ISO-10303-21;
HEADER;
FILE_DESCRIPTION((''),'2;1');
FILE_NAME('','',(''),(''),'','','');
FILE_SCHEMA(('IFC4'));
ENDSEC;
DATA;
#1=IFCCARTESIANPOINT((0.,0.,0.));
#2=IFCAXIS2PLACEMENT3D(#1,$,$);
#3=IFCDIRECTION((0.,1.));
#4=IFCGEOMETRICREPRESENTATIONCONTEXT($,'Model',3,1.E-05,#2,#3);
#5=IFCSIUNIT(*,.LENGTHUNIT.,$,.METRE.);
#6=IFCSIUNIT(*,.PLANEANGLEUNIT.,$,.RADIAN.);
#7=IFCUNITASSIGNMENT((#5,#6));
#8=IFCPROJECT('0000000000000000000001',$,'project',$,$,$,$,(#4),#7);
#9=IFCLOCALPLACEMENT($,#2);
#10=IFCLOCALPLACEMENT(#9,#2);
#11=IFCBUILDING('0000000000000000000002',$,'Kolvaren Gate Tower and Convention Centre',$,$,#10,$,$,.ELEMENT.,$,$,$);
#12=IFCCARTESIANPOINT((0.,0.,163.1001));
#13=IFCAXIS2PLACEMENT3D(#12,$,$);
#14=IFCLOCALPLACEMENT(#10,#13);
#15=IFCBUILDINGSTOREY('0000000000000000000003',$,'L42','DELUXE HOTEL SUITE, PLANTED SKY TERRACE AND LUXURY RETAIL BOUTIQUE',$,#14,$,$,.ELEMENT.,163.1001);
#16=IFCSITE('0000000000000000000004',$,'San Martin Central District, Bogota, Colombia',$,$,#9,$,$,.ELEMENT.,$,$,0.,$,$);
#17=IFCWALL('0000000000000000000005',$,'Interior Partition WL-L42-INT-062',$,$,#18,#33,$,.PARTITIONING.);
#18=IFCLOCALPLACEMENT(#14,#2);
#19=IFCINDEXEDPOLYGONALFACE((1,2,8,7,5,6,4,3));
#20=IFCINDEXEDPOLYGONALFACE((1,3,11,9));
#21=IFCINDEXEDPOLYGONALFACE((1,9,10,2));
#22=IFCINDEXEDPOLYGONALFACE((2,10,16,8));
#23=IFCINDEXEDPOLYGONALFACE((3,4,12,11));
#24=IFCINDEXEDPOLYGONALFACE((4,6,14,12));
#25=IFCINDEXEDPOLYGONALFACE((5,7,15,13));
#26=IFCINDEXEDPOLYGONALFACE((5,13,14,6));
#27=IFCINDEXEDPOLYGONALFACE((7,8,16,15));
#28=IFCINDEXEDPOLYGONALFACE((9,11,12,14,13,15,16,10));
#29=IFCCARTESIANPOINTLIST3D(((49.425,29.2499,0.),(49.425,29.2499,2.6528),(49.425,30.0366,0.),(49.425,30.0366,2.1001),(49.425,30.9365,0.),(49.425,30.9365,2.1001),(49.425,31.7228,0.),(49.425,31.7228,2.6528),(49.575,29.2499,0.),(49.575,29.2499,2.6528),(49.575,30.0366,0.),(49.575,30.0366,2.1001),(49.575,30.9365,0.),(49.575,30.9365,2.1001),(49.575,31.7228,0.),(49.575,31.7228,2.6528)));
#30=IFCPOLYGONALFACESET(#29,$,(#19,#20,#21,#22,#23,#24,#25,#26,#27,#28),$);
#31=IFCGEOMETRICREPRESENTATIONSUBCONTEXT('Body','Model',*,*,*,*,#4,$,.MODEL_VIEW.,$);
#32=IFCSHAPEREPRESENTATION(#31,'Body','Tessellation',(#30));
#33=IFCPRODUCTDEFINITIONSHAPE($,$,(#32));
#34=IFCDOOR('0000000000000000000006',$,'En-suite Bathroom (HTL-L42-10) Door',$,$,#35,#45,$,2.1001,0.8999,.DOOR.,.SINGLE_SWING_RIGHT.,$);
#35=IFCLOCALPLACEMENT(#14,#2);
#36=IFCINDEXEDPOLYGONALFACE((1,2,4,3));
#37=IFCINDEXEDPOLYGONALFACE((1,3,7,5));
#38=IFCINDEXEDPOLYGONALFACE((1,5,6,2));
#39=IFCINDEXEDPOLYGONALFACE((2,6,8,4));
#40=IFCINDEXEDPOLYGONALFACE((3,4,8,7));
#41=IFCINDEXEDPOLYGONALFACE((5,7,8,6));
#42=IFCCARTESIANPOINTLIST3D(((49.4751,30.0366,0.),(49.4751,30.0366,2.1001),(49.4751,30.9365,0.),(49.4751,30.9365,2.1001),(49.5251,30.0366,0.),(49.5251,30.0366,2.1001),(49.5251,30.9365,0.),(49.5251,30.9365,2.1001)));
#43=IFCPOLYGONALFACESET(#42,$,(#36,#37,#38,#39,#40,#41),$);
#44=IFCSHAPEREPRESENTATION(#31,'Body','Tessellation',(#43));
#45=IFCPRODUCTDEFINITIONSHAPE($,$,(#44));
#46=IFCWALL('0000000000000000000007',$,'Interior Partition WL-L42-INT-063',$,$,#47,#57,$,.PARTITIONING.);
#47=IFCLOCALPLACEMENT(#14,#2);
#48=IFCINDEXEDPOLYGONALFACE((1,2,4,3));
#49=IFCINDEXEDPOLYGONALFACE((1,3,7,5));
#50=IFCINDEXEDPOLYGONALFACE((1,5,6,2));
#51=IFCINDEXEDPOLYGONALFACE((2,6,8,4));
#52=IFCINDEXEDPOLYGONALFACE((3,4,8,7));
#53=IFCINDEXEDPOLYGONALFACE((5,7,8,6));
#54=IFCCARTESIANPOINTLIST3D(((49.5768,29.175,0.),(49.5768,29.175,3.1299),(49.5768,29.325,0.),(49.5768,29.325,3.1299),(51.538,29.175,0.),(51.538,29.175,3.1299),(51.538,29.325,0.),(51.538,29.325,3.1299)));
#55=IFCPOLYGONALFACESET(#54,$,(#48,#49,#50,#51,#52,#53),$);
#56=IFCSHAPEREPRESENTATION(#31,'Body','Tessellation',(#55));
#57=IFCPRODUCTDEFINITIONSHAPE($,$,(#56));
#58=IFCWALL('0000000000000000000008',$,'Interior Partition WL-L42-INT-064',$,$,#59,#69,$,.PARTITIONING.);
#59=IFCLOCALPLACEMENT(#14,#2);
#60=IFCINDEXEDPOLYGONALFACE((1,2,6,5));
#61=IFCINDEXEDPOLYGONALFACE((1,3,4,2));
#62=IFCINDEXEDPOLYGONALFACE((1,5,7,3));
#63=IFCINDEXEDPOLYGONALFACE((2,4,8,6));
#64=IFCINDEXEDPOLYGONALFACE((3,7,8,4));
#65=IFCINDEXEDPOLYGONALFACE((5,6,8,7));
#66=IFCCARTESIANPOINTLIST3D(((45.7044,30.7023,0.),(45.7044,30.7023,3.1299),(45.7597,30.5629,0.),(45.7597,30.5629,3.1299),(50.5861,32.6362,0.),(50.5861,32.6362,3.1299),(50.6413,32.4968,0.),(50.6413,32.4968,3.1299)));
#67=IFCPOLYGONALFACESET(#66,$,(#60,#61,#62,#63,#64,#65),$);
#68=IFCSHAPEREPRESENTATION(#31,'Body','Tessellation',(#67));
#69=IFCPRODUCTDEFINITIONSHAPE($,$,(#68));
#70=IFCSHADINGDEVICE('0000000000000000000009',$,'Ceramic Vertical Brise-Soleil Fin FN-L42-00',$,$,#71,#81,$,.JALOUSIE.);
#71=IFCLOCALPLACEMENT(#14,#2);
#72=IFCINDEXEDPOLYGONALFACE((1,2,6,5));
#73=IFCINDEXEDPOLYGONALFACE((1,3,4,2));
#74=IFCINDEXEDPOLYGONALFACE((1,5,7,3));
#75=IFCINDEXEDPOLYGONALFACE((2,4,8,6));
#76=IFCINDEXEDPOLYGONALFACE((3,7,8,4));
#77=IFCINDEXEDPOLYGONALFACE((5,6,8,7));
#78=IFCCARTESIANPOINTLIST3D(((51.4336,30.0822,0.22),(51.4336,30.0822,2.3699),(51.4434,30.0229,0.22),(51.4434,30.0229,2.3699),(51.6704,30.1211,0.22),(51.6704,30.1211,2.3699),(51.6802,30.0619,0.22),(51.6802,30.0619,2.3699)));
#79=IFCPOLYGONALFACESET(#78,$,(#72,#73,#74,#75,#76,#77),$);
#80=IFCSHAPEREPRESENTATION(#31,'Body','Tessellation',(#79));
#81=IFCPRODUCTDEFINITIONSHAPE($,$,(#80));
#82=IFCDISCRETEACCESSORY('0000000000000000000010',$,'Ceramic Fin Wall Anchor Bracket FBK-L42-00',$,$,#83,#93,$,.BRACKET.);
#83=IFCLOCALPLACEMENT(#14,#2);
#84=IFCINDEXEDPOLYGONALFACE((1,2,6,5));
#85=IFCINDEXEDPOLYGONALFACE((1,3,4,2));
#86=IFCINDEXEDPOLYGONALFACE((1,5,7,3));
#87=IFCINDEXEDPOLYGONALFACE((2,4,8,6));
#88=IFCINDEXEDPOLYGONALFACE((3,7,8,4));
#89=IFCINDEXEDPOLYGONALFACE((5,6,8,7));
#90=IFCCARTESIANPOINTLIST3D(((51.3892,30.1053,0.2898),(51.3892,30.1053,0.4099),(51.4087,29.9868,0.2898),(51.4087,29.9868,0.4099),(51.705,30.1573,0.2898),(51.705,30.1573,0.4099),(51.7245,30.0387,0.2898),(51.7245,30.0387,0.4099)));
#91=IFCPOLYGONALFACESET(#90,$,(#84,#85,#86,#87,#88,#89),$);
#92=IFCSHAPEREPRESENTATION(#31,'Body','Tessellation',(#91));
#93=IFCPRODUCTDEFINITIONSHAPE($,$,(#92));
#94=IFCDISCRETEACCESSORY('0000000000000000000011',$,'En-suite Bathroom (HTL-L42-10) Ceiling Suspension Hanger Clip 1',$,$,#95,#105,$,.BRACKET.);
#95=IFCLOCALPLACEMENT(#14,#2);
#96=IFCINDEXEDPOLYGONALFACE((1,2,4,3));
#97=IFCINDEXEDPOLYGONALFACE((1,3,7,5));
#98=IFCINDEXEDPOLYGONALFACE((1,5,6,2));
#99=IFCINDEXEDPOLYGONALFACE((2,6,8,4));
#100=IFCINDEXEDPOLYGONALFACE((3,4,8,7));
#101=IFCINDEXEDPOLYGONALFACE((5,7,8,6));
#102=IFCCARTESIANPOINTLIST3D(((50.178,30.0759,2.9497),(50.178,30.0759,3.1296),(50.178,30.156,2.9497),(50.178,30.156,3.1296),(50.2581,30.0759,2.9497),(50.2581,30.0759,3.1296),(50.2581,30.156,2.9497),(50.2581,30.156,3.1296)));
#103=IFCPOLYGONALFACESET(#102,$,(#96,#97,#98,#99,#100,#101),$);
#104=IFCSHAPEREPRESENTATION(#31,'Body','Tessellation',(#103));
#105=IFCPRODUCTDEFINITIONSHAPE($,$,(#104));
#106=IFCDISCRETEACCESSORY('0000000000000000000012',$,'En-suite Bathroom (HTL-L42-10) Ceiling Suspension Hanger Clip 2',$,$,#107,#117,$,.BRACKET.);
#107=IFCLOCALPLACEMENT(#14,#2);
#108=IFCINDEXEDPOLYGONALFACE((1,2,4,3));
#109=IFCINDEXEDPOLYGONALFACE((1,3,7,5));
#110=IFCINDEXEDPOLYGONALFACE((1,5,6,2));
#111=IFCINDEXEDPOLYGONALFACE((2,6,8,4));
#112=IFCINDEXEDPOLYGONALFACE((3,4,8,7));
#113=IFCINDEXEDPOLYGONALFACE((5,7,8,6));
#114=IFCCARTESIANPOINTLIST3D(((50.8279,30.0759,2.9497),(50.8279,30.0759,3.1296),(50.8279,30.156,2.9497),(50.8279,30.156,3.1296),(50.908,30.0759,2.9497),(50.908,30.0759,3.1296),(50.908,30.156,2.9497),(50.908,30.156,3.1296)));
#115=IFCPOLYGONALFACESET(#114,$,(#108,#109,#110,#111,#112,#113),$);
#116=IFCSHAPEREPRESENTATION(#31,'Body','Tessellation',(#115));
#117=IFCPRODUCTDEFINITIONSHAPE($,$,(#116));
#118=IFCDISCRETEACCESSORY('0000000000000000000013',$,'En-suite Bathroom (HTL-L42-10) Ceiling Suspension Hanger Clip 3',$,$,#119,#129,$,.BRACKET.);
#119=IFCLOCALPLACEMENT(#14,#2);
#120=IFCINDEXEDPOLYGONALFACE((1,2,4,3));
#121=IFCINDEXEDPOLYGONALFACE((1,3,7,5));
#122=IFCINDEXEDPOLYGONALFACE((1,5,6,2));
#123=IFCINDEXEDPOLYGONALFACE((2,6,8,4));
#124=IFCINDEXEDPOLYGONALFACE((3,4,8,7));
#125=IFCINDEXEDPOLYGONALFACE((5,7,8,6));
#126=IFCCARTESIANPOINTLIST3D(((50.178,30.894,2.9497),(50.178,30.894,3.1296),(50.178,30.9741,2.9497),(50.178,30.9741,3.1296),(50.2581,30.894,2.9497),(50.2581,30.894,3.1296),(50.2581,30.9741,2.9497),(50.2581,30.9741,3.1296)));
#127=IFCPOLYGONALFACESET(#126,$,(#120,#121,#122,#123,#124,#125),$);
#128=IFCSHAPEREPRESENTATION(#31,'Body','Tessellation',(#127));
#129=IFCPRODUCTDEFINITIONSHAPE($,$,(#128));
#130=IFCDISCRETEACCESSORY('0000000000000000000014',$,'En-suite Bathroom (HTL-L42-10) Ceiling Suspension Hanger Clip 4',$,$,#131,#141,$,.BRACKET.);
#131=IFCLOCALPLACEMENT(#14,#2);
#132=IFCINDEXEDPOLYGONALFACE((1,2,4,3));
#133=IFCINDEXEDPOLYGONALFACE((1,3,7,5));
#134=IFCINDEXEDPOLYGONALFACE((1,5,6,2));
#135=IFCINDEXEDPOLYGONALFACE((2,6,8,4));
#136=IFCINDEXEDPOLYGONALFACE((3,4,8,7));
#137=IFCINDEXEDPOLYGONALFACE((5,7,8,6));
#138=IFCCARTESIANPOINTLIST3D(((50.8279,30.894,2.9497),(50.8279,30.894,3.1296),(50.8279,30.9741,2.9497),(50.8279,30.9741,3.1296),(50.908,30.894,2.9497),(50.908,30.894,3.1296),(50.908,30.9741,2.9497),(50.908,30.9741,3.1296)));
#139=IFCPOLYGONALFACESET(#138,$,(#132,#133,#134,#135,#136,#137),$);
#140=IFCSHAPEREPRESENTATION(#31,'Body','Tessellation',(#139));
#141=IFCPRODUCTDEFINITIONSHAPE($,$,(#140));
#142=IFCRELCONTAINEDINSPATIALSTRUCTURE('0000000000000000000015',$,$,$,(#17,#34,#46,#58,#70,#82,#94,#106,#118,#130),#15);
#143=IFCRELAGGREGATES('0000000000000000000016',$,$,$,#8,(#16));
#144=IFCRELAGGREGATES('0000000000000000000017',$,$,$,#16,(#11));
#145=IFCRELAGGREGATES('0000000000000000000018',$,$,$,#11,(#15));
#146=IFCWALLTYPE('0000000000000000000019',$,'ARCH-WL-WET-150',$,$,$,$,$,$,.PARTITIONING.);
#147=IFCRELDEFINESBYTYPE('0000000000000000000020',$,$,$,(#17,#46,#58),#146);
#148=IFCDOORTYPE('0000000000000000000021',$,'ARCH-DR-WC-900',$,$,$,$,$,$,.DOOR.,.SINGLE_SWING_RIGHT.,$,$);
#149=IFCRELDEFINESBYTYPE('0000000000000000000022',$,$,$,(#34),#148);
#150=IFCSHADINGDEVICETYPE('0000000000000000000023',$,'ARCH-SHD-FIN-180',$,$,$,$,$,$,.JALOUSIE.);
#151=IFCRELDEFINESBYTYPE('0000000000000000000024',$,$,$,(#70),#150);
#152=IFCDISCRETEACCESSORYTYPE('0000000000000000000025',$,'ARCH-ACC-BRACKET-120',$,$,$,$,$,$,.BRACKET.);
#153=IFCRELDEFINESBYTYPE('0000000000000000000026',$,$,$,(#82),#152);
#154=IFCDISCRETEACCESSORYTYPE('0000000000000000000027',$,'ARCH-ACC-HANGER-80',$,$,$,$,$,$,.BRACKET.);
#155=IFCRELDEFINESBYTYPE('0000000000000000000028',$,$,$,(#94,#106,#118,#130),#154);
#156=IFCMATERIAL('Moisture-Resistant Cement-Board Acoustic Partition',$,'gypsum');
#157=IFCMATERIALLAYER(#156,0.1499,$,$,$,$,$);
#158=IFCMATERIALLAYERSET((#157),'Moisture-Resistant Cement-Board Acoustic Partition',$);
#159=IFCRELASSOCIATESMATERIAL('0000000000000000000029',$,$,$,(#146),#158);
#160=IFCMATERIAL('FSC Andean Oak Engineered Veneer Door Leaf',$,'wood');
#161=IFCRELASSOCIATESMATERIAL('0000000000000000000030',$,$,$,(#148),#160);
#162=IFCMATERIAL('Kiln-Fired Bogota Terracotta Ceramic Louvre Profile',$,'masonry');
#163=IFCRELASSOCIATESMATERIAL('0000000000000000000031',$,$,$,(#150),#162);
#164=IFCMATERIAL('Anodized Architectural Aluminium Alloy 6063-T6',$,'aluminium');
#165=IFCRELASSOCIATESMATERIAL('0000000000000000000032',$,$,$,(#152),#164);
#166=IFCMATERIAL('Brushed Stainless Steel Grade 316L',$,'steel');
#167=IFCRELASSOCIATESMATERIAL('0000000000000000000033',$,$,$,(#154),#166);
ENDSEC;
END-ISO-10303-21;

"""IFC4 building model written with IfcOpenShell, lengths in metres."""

from ifc_helpers import new_model, si_unit, direction, frame, frame_2d, origin, origin_2d, place, context, subcontext, project, spatial, rectangle, extrude, material, layer, layer_set, type_object, element, fill, save


model = new_model("IFC4")

# Units and contexts
model_context = context("Model", 3, precision=1e-05, world=origin(), true_north=direction((0.0, 1.0)))
body_context = subcontext(model_context, "Body", "Model", "MODEL_VIEW")
ifc_project = project(units=[si_unit("LENGTHUNIT", "METRE"), si_unit("PLANEANGLEUNIT", "RADIAN")], contexts=[model_context])

# Site, building, storey
site_placement = place(None, origin())
site = spatial("IfcSite", under=ifc_project, at=site_placement, Name="San Martin Central District, Bogota, Colombia", CompositionType="ELEMENT", RefElevation=0.0)
building_placement = place(site_placement, origin())
building = spatial("IfcBuilding", under=site, at=building_placement, Name="Kolvaren Gate Tower and Convention Centre", CompositionType="ELEMENT")
storey_placement = place(building_placement, frame((0.0, 0.0, 163.1001)))
storey = spatial("IfcBuildingStorey", under=building, at=storey_placement, Name="L42", Description="DELUXE HOTEL SUITE, PLANTED SKY TERRACE AND LUXURY RETAIL BOUTIQUE", CompositionType="ELEMENT", Elevation=163.1001)

# Shared definitions
ifc_material_1 = material(Name="Moisture-Resistant Cement-Board Acoustic Partition", Category="gypsum")
ifc_layer_1 = layer(ifc_material_1, 0.1499)
ifc_layer_set_1 = layer_set([ifc_layer_1], Name="Moisture-Resistant Cement-Board Acoustic Partition")
wall_type_1 = type_object("IfcWallType", Name="ARCH-WL-WET-150", PredefinedType="PARTITIONING", material=ifc_layer_set_1)

# Wall, opening, door
ifc_material_2 = material(Name="FSC Andean Oak Engineered Veneer Door Leaf", Category="wood")
door_type = type_object("IfcDoorType", Name="ARCH-DR-WC-900", OperationType="SINGLE_SWING_RIGHT", PredefinedType="DOOR", material=ifc_material_2)
wall_1_placement = place(storey_placement, frame((49.5, 29.25, 0.0), z_axis=(0.0, 0.0, 1.0), x_axis=(0.0, 1.0, 0.0)))
wall_1 = element("IfcWall", 1, at=wall_1_placement, inside=storey, type_object=wall_type_1, Name="Interior Partition WL-L42-INT-062", PredefinedType="PARTITIONING", context=body_context, shape_type="SweptSolid", body=[
    extrude(rectangle(XDim=2.4729, YDim=0.1499, at=frame_2d((1.2363, 0.0))), origin(), (0.0, 0.0, 1.0), 2.6528),
])
opening_1_placement = place(wall_1_placement, frame((0.7866, 0.0, 0.0)))
opening_1 = element("IfcOpeningElement", 2, at=opening_1_placement, cuts=wall_1, PredefinedType="OPENING", context=body_context, shape_type="SweptSolid", body=[
    extrude(rectangle(XDim=0.8999, YDim=2.1001, at=frame_2d((0.45, 1.05))), frame((0.0, 0.085, 0.0), z_axis=(0.0, -1.0, 0.0), x_axis=(1.0, 0.0, 0.0)), (0.0, 0.0, 1.0), 0.1699),
])
door_1_placement = place(opening_1_placement, origin())
door_1 = element("IfcDoor", 3, at=door_1_placement, inside=storey, type_object=door_type, Name="En-suite Bathroom (HTL-L42-10) Door", OperationType="SINGLE_SWING_RIGHT", OverallHeight=2.1001, OverallWidth=0.8999, PredefinedType="DOOR", context=body_context, shape_type="SweptSolid", body=[
    extrude(rectangle(XDim=0.8999, YDim=2.1001, at=frame_2d((0.45, 1.05))), frame((0.0, 0.0249, 0.0), z_axis=(0.0, -1.0, 0.0), x_axis=(1.0, 0.0, 0.0)), (0.0, 0.0, 1.0), 0.05),
])
fill(opening_1, door_1)

# Walls
wall_2_placement = place(storey_placement, frame((49.5769, 29.25, 0.0), z_axis=(0.0, 0.0, 1.0), x_axis=(1.0, 0.0, 0.0)))
element("IfcWall", 4, at=wall_2_placement, inside=storey, type_object=wall_type_1, Name="Interior Partition WL-L42-INT-063", PredefinedType="PARTITIONING", context=body_context, shape_type="SweptSolid", body=[
    extrude(rectangle(XDim=1.9612, YDim=0.1499, at=frame_2d((0.9805, 0.0))), origin(), (0.0, 0.0, 1.0), 3.1299),
])
wall_3_placement = place(storey_placement, frame((45.7319, 30.6326, 0.0), z_axis=(0.0, 0.0, 1.0), x_axis=(0.929706, 0.368302, 0.0)))
element("IfcWall", 5, at=wall_3_placement, inside=storey, type_object=wall_type_1, Name="Interior Partition WL-L42-INT-064", PredefinedType="PARTITIONING", context=body_context, shape_type="SweptSolid", body=[
    extrude(rectangle(XDim=5.2507, YDim=0.1499, at=frame_2d((2.6255, 0.0))), origin(), (0.0, 0.0, 1.0), 3.1299),
])

# Shading device
ifc_material_3 = material(Name="Kiln-Fired Bogota Terracotta Ceramic Louvre Profile", Category="masonry")
shading_device_type = type_object("IfcShadingDeviceType", Name="ARCH-SHD-FIN-180", PredefinedType="JALOUSIE", material=ifc_material_3)
shading_device_placement = place(storey_placement, frame((51.5569, 30.072, 0.22), z_axis=(0.0, 0.0, 1.0), x_axis=(0.162381, -0.986728, 0.0)))
element("IfcShadingDevice", 6, at=shading_device_placement, inside=storey, type_object=shading_device_type, Name="Ceramic Vertical Brise-Soleil Fin FN-L42-00", PredefinedType="JALOUSIE", context=body_context, shape_type="SweptSolid", body=[
    extrude(rectangle(XDim=0.0601, YDim=0.24, at=origin_2d()), origin(), (0.0, 0.0, 1.0), 2.1499),
])

# Discrete accessories
ifc_material_4 = material(Name="Anodized Architectural Aluminium Alloy 6063-T6", Category="aluminium")
discrete_accessory_type_1 = type_object("IfcDiscreteAccessoryType", Name="ARCH-ACC-BRACKET-120", PredefinedType="BRACKET", material=ifc_material_4)
discrete_accessory_placement = place(storey_placement, frame((51.5569, 30.072, 0.2898), z_axis=(0.0, 0.0, 1.0), x_axis=(0.162381, -0.986728, 0.0)))
element("IfcDiscreteAccessory", 7, at=discrete_accessory_placement, inside=storey, type_object=discrete_accessory_type_1, Name="Ceramic Fin Wall Anchor Bracket FBK-L42-00", PredefinedType="BRACKET", context=body_context, shape_type="SweptSolid", body=[
    extrude(rectangle(XDim=0.1201, YDim=0.3201, at=origin_2d()), origin(), (0.0, 0.0, 1.0), 0.1201),
])
ifc_material_5 = material(Name="Brushed Stainless Steel Grade 316L", Category="steel")
discrete_accessory_type_2 = type_object("IfcDiscreteAccessoryType", Name="ARCH-ACC-HANGER-80", PredefinedType="BRACKET", material=ifc_material_5)
for number, where, z_axis, x_axis, name in (
    (8, (50.218, 30.116, 2.9497), (0.0, 0.0, 1.0), (1.0, 0.0, 0.0), "En-suite Bathroom (HTL-L42-10) Ceiling Suspension Hanger Clip 1"),
    (9, (50.8679, 30.116, 2.9497), (0.0, 0.0, 1.0), (1.0, 0.0, 0.0), "En-suite Bathroom (HTL-L42-10) Ceiling Suspension Hanger Clip 2"),
    (10, (50.218, 30.9341, 2.9497), (0.0, 0.0, 1.0), (1.0, 0.0, 0.0), "En-suite Bathroom (HTL-L42-10) Ceiling Suspension Hanger Clip 3"),
    (11, (50.8679, 30.9341, 2.9497), (0.0, 0.0, 1.0), (1.0, 0.0, 0.0), "En-suite Bathroom (HTL-L42-10) Ceiling Suspension Hanger Clip 4"),
):
    element("IfcDiscreteAccessory", number, at=place(storey_placement, frame(where, z_axis=z_axis, x_axis=x_axis)), inside=storey, type_object=discrete_accessory_type_2, Name=name, PredefinedType="BRACKET", context=body_context, shape_type="SweptSolid", body=[
        extrude(rectangle(XDim=0.0801, YDim=0.0801, at=origin_2d()), origin(), (0.0, 0.0, 1.0), 0.1799),
    ])

save(model, "model.ifc")
